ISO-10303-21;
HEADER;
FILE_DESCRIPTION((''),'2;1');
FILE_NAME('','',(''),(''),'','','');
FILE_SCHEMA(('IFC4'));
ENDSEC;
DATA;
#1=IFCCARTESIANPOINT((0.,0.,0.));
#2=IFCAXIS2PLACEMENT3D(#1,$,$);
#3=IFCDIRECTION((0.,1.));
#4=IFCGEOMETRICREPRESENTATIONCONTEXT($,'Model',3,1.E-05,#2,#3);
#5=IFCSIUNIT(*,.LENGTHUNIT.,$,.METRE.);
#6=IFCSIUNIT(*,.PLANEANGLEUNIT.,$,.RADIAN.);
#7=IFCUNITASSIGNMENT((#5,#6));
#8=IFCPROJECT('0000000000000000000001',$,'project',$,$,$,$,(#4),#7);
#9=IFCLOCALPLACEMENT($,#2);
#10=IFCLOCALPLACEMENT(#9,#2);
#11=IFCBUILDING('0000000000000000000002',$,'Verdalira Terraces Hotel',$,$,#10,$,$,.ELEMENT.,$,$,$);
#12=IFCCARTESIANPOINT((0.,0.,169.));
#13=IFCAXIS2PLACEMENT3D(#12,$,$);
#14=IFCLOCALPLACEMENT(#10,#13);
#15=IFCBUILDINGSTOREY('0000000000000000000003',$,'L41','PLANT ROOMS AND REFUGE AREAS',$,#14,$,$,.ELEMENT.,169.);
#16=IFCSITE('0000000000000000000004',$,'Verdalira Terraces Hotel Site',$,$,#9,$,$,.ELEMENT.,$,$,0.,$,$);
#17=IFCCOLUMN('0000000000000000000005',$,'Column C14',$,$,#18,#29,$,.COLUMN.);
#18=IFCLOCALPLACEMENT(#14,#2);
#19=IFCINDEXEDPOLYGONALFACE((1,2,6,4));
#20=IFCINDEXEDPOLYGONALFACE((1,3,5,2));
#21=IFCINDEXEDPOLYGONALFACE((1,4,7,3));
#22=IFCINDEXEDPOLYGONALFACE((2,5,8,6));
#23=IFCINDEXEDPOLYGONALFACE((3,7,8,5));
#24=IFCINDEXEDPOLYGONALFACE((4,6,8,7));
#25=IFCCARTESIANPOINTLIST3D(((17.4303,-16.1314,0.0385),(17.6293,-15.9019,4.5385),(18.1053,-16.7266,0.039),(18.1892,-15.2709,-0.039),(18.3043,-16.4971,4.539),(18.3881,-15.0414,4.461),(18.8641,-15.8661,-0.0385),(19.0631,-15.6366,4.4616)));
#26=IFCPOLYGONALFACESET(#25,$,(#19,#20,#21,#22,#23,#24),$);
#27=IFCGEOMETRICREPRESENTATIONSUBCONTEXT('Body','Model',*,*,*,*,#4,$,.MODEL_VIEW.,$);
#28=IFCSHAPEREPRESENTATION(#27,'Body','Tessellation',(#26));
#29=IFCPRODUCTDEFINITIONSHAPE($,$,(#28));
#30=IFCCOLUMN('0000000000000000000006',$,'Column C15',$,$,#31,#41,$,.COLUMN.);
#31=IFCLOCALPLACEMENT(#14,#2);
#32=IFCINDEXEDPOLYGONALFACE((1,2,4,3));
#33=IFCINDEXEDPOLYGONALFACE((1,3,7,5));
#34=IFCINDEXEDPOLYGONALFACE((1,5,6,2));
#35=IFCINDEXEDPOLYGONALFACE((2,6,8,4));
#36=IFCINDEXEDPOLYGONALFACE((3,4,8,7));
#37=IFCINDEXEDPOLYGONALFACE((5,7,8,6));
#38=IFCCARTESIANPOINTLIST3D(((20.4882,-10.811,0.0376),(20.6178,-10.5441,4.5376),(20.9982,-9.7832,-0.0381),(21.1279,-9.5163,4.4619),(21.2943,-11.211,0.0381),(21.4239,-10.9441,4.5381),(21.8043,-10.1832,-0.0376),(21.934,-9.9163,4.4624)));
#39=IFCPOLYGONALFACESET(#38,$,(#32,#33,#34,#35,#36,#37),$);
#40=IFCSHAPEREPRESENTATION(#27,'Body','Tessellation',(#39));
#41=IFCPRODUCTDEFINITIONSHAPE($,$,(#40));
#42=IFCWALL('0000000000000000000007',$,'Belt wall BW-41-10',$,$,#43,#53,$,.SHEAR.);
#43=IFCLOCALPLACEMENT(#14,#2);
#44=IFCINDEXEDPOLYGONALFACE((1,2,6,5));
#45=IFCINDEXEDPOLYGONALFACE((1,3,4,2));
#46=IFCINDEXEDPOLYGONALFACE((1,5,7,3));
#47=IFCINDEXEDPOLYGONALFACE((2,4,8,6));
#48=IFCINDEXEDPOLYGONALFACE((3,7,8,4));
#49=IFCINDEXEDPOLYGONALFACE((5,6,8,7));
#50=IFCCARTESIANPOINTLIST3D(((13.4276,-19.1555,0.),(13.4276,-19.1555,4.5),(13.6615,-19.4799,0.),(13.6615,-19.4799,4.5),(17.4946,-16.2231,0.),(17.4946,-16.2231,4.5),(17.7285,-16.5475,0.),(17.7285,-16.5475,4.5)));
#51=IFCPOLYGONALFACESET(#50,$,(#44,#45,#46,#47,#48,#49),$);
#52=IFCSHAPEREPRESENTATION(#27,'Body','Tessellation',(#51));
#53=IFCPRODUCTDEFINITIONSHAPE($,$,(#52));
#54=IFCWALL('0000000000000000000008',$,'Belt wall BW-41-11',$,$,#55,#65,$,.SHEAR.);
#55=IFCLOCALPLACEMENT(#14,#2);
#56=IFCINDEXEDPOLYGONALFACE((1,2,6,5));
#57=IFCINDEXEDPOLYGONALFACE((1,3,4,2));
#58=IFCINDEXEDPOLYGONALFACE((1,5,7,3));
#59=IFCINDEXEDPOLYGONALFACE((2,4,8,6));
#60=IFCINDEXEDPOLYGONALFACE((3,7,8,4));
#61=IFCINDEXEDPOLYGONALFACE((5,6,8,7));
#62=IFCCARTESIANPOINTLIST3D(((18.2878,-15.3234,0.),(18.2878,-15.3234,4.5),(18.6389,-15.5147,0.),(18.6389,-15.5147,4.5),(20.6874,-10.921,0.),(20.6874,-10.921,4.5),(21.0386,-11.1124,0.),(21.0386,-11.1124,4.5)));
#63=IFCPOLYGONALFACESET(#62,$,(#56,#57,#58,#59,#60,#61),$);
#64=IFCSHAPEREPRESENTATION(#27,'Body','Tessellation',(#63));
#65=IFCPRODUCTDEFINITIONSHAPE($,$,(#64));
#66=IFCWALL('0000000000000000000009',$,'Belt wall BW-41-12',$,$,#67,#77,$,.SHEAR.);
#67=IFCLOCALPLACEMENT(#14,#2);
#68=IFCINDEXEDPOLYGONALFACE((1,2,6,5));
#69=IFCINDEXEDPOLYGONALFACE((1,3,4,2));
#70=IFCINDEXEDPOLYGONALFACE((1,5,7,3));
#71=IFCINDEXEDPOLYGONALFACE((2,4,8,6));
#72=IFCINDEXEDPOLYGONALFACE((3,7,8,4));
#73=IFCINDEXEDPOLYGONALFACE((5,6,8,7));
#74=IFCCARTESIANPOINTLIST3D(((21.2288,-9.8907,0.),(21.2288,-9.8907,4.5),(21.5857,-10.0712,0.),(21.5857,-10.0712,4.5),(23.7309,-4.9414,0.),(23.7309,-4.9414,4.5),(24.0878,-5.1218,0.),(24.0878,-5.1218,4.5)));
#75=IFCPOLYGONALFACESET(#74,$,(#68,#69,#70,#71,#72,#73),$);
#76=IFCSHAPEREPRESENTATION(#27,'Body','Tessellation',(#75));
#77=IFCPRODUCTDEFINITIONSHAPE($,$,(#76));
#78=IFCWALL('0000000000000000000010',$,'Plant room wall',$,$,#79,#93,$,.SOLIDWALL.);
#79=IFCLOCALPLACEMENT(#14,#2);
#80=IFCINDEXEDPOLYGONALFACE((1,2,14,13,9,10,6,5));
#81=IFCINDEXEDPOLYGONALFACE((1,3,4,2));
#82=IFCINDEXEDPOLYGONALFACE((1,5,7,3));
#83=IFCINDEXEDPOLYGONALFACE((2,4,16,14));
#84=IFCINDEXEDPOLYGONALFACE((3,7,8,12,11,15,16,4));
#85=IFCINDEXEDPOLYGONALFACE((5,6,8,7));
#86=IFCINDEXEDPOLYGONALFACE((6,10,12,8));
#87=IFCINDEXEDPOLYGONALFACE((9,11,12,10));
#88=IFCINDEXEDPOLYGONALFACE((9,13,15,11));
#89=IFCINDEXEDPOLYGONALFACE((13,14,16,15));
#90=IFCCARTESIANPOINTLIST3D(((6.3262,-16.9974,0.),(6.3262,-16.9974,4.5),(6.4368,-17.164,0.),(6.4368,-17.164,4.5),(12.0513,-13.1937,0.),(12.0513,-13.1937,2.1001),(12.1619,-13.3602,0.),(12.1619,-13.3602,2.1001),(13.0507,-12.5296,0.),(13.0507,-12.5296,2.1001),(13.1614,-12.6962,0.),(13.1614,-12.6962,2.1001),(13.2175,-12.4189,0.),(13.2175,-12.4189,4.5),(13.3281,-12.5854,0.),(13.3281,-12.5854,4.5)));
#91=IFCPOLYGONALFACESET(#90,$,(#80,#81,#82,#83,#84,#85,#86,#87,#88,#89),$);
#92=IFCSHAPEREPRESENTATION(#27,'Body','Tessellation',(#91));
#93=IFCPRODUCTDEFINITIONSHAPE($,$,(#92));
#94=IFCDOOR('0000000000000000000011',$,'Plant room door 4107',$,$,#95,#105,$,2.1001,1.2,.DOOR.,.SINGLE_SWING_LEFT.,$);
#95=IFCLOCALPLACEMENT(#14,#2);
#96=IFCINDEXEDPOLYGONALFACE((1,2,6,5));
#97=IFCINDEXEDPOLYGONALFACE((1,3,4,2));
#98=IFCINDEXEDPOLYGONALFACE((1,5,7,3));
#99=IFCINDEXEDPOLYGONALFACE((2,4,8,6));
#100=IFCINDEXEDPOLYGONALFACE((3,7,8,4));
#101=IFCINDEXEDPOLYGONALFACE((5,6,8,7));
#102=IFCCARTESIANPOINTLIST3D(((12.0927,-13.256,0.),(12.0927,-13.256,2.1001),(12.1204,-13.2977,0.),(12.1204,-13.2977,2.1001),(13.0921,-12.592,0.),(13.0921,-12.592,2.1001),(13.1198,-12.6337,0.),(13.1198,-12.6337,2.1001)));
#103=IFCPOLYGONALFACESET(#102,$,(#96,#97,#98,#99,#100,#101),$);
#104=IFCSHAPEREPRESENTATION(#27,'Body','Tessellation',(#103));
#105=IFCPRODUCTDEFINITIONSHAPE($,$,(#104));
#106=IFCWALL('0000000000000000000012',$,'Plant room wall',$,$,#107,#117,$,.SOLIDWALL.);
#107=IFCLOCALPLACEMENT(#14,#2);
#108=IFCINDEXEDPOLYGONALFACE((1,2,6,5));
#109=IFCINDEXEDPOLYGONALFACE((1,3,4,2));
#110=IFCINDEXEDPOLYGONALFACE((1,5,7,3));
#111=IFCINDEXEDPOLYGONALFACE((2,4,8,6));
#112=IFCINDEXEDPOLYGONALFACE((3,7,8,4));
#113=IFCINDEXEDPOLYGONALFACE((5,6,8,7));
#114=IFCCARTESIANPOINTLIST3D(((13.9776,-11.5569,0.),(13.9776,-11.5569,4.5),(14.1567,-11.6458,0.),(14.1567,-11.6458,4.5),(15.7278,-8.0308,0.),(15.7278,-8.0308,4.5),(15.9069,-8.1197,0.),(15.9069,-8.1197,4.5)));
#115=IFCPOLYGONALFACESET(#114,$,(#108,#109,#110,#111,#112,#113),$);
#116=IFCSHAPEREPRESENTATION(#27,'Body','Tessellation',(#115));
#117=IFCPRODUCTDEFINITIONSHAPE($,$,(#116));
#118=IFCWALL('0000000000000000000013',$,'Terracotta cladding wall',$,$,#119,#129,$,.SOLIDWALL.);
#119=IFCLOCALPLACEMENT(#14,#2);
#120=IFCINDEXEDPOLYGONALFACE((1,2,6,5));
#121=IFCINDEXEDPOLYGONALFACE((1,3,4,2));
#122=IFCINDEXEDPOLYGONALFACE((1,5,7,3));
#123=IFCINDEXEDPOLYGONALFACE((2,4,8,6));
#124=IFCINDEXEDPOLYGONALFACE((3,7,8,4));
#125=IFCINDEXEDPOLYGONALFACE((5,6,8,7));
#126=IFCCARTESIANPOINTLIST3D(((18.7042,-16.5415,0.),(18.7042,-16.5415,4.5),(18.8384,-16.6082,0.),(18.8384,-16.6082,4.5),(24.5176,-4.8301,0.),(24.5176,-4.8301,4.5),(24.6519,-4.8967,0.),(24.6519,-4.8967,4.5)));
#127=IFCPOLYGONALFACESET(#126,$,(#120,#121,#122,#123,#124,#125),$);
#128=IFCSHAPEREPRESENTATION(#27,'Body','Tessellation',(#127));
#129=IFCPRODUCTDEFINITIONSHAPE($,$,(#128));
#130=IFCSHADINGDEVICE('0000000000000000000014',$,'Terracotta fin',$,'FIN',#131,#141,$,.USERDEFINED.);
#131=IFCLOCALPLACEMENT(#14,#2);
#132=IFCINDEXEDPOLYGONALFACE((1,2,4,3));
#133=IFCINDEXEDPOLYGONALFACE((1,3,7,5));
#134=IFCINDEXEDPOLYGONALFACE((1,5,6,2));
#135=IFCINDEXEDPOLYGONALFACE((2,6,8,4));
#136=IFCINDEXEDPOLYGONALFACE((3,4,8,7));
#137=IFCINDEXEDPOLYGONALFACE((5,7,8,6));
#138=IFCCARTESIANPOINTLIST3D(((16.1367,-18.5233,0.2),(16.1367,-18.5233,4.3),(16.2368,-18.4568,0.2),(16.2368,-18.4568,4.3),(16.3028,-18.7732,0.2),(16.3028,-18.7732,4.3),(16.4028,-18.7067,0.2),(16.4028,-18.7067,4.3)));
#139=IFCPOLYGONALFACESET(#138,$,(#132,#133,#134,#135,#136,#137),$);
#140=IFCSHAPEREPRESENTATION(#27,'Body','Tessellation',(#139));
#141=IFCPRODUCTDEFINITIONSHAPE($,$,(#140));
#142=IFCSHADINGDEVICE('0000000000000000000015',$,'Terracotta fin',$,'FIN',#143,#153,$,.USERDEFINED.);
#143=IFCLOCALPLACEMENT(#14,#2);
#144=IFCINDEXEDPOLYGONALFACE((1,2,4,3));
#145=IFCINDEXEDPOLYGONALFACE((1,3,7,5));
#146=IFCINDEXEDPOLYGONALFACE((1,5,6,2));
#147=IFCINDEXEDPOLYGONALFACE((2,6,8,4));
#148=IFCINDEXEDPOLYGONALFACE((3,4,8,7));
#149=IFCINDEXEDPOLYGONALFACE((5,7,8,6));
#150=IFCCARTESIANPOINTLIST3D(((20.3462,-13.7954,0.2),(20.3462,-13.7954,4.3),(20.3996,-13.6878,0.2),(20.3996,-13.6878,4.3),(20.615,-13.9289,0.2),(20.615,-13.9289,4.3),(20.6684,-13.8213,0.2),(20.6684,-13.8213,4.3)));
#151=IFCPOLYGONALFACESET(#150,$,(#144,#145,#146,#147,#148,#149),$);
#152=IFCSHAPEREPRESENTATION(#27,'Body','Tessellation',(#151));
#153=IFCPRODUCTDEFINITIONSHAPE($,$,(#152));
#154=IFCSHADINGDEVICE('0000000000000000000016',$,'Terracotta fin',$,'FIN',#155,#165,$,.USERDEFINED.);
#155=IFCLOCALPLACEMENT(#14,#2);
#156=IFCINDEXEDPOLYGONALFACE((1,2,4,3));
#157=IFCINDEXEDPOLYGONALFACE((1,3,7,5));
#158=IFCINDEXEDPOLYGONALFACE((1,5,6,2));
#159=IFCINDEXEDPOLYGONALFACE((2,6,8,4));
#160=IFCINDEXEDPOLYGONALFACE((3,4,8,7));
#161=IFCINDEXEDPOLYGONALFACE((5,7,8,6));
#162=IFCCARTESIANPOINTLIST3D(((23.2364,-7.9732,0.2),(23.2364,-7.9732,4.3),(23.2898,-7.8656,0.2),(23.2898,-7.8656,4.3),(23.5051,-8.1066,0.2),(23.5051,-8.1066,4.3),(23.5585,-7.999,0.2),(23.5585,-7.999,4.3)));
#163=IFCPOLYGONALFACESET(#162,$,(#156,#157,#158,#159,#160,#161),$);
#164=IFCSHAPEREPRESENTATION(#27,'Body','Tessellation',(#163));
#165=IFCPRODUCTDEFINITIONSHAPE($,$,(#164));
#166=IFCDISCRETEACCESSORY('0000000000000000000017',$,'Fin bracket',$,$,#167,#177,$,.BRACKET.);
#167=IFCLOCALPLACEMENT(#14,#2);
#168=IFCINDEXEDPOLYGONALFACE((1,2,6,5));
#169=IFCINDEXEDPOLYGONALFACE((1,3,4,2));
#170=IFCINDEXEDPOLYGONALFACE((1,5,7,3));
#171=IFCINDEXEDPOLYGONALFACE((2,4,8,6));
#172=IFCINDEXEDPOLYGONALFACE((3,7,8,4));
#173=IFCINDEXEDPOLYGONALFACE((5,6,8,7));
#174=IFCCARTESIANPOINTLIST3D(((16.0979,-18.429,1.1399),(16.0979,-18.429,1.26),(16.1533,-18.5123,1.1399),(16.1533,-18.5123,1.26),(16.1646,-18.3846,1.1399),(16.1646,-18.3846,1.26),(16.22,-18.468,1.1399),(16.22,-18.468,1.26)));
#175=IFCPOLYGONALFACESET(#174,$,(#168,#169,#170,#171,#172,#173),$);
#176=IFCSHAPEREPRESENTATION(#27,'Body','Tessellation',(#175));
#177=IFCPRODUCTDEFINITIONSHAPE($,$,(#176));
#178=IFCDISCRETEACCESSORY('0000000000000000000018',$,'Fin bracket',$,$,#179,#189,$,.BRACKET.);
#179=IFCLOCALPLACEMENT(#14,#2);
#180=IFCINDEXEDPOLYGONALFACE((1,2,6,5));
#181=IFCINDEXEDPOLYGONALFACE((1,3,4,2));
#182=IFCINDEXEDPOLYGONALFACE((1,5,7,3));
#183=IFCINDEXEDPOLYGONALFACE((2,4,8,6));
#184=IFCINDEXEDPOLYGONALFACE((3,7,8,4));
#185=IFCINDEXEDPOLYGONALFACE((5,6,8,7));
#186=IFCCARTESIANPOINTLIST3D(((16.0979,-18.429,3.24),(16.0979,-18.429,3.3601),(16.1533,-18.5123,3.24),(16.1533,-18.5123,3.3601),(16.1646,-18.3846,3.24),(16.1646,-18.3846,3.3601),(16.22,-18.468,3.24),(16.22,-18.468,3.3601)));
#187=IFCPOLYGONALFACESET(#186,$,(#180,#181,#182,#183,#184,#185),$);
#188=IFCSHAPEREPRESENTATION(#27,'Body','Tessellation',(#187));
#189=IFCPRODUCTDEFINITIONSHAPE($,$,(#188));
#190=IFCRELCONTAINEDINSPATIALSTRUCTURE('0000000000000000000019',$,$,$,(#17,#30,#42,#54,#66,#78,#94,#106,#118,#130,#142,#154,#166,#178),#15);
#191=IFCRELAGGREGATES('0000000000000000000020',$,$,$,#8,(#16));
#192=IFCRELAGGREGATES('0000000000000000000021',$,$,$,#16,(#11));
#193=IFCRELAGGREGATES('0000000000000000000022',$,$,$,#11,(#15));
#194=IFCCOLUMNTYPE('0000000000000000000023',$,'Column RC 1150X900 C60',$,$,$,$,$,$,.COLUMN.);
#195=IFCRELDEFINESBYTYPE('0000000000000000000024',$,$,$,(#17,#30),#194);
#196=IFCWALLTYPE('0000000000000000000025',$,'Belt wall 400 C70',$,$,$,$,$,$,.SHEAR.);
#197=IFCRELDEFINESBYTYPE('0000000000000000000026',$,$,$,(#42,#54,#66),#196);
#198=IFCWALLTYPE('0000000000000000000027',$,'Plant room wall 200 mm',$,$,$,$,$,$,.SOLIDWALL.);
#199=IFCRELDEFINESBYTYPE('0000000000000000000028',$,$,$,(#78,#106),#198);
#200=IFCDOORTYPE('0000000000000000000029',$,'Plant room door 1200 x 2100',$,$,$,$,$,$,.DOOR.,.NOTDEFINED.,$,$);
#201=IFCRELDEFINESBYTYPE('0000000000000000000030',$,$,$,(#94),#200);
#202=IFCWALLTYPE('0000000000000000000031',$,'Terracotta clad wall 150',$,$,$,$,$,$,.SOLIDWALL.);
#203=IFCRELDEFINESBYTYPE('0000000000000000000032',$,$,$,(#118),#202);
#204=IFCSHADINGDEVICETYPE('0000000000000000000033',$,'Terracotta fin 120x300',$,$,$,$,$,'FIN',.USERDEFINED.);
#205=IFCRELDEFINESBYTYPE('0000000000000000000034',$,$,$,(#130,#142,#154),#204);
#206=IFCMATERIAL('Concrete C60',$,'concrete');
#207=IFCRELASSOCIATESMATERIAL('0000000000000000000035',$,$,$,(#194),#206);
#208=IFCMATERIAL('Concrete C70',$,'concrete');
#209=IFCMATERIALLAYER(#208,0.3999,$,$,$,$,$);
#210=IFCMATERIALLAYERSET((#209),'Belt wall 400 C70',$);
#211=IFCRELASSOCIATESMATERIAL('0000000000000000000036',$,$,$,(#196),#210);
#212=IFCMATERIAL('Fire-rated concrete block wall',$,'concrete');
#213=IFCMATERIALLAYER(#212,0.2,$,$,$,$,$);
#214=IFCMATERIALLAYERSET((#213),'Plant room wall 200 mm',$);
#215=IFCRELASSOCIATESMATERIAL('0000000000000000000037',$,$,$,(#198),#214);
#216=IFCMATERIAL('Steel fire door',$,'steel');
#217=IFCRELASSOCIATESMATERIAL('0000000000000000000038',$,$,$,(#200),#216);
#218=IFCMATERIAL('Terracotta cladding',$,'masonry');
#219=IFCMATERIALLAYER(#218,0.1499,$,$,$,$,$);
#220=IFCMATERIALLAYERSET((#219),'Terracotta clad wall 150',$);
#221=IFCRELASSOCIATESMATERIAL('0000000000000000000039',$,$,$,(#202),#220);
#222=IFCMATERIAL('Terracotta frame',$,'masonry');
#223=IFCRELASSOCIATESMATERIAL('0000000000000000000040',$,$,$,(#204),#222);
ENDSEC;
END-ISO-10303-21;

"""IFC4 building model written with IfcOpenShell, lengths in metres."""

from ifc_helpers import new_model, si_unit, direction, frame, frame_2d, origin, origin_2d, place, context, subcontext, project, spatial, rectangle, extrude, material, layer, layer_set, material_profile, profile_set, type_object, element, fill, save


model = new_model("IFC4")

# Units and contexts
model_context = context("Model", 3, precision=1e-05, world=origin(), true_north=direction((0.0, 1.0)))
body_context = subcontext(model_context, "Body", "Model", "MODEL_VIEW")
ifc_project = project(units=[si_unit("LENGTHUNIT", "METRE"), si_unit("PLANEANGLEUNIT", "RADIAN")], contexts=[model_context])

# Site, building, storey
site_placement = place(None, origin())
site = spatial("IfcSite", under=ifc_project, at=site_placement, Name="Verdalira Terraces Hotel Site", CompositionType="ELEMENT", RefElevation=0.0)
building_placement = place(site_placement, origin())
building = spatial("IfcBuilding", under=site, at=building_placement, Name="Verdalira Terraces Hotel", CompositionType="ELEMENT")
storey_placement = place(building_placement, frame((0.0, 0.0, 169.0)))
storey = spatial("IfcBuildingStorey", under=building, at=storey_placement, Name="L41", Description="PLANT ROOMS AND REFUGE AREAS", CompositionType="ELEMENT", Elevation=169.0)

# Columns
ifc_material_1 = material(Name="Concrete C60", Category="concrete")
ifc_material_profile_1 = material_profile(ifc_material_1, rectangle(XDim=1.1499, YDim=0.8999, at=origin_2d()), Name="RC 1150X900")
ifc_profile_set_1 = profile_set([ifc_material_profile_1], Name="Concrete C60")
column_type = type_object("IfcColumnType", Name="Column RC 1150X900 C60", PredefinedType="COLUMN", material=ifc_profile_set_1)
column_1_placement = place(storey_placement, frame((18.1472, -15.9988, 0.0), z_axis=(0.044116, 0.050882, 0.99773), x_axis=(-0.659917, -0.748314, 0.067342)))
element("IfcColumn", 1, at=column_1_placement, inside=storey, type_object=column_type, Name="Column C14", PredefinedType="COLUMN", context=body_context, shape_type="SweptSolid", body=[
    extrude(rectangle(XDim=1.1499, YDim=0.8999, at=origin_2d()), origin(), (0.0, 0.0, 1.0), 4.5103),
])
column_2_placement = place(storey_placement, frame((21.1462, -10.4971, 0.0), z_axis=(0.028746, 0.059171, 0.997834), x_axis=(0.443569, 0.893823, -0.065781)))
element("IfcColumn", 2, at=column_2_placement, inside=storey, type_object=column_type, Name="Column C15", PredefinedType="COLUMN", context=body_context, shape_type="SweptSolid", body=[
    extrude(rectangle(XDim=1.1499, YDim=0.8999, at=origin_2d()), origin(), (0.0, 0.0, 1.0), 4.5098),
])

# Walls
ifc_material_2 = material(Name="Concrete C70", Category="concrete")
ifc_layer_1 = layer(ifc_material_2, 0.3999)
ifc_layer_set_1 = layer_set([ifc_layer_1], Name="Belt wall 400 C70")
wall_type_1 = type_object("IfcWallType", Name="Belt wall 400 C70", PredefinedType="SHEAR", material=ifc_layer_set_1)
for number, where, z_axis, x_axis, name in (
    (3, (13.5447, -19.3176, 0.0), (0.0, 0.0, 1.0), (0.811136, 0.584857, 0.0), "Belt wall BW-41-10"),
    (4, (18.4634, -15.4189, 0.0), (0.0, 0.0, 1.0), (0.478603, 0.878031, 0.0), "Belt wall BW-41-11"),
):
    element("IfcWall", number, at=place(storey_placement, frame(where, z_axis=z_axis, x_axis=x_axis)), inside=storey, type_object=wall_type_1, Name=name, PredefinedType="SHEAR", context=body_context, shape_type="SweptSolid", body=[
        extrude(rectangle(XDim=5.0139, YDim=0.3999, at=frame_2d((2.5068, 0.0))), origin(), (0.0, 0.0, 1.0), 4.5),
    ])
wall_1_placement = place(storey_placement, frame((21.4072, -9.981, 0.0), z_axis=(0.0, 0.0, 1.0), x_axis=(0.451171, 0.892437, 0.0)))
element("IfcWall", 5, at=wall_1_placement, inside=storey, type_object=wall_type_1, Name="Belt wall BW-41-12", PredefinedType="SHEAR", context=body_context, shape_type="SweptSolid", body=[
    extrude(rectangle(XDim=5.5459, YDim=0.3999, at=frame_2d((2.7729, 0.0))), origin(), (0.0, 0.0, 1.0), 4.5),
])

# Wall, opening, door
ifc_material_3 = material(Name="Fire-rated concrete block wall", Category="concrete")
ifc_layer_2 = layer(ifc_material_3, 0.2)
ifc_layer_set_2 = layer_set([ifc_layer_2], Name="Plant room wall 200 mm")
wall_type_2 = type_object("IfcWallType", Name="Plant room wall 200 mm", PredefinedType="SOLIDWALL", material=ifc_layer_set_2)
wall_2_placement = place(storey_placement, frame((13.2727, -12.5022, 0.0), z_axis=(0.0, 0.0, 1.0), x_axis=(-0.832921, -0.553392, 0.0)))
wall_2 = element("IfcWall", 6, at=wall_2_placement, inside=storey, type_object=wall_type_2, Name="Plant room wall", PredefinedType="SOLIDWALL", context=body_context, shape_type="SweptSolid", body=[
    extrude(rectangle(XDim=8.2737, YDim=0.2, at=frame_2d((4.1367, 0.0))), origin(), (0.0, 0.0, 1.0), 4.5),
])
opening_placement = place(wall_2_placement, frame((0.2, 0.0, 0.0)))
opening = element("IfcOpeningElement", 7, at=opening_placement, cuts=wall_2, PredefinedType="OPENING", context=body_context, shape_type="SweptSolid", body=[
    extrude(rectangle(XDim=1.2, YDim=2.1001, at=frame_2d((0.6001, 1.05))), frame((0.0, 0.1099, 0.0), z_axis=(0.0, -1.0, 0.0), x_axis=(1.0, 0.0, 0.0)), (0.0, 0.0, 1.0), 0.22),
])
ifc_material_4 = material(Name="Steel fire door", Category="steel")
door_type = type_object("IfcDoorType", Name="Plant room door 1200 x 2100", OperationType="NOTDEFINED", PredefinedType="DOOR", material=ifc_material_4)
door_placement = place(opening_placement, origin())
door = element("IfcDoor", 8, at=door_placement, inside=storey, type_object=door_type, Name="Plant room door 4107", OperationType="SINGLE_SWING_LEFT", OverallHeight=2.1001, OverallWidth=1.2, PredefinedType="DOOR", context=body_context, shape_type="SweptSolid", body=[
    extrude(rectangle(XDim=1.2, YDim=2.1001, at=frame_2d((0.6001, 1.05))), frame((0.0, 0.0249, 0.0), z_axis=(0.0, -1.0, 0.0), x_axis=(1.0, 0.0, 0.0)), (0.0, 0.0, 1.0), 0.05),
])
fill(opening, door)

# Walls
wall_3_placement = place(storey_placement, frame((14.0671, -11.6013, 0.0), z_axis=(0.0, 0.0, 1.0), x_axis=(0.444607, 0.895726, 0.0)))
element("IfcWall", 9, at=wall_3_placement, inside=storey, type_object=wall_type_2, Name="Plant room wall", PredefinedType="SOLIDWALL", context=body_context, shape_type="SweptSolid", body=[
    extrude(rectangle(XDim=3.9365, YDim=0.2, at=frame_2d((1.9683, 0.0))), origin(), (0.0, 0.0, 1.0), 4.5),
])
ifc_material_5 = material(Name="Terracotta cladding", Category="masonry")
ifc_layer_3 = layer(ifc_material_5, 0.1499)
ifc_layer_set_3 = layer_set([ifc_layer_3], Name="Terracotta clad wall 150")
wall_type_3 = type_object("IfcWallType", Name="Terracotta clad wall 150", PredefinedType="SOLIDWALL", material=ifc_layer_set_3)
wall_4_placement = place(storey_placement, frame((18.7712, -16.575, 0.0), z_axis=(0.0, 0.0, 1.0), x_axis=(0.444627, 0.895716, 0.0)))
element("IfcWall", 10, at=wall_4_placement, inside=storey, type_object=wall_type_3, Name="Terracotta cladding wall", PredefinedType="SOLIDWALL", context=body_context, shape_type="SweptSolid", body=[
    extrude(rectangle(XDim=13.075, YDim=0.1499, at=frame_2d((6.5376, 0.0))), origin(), (0.0, 0.0, 1.0), 4.5),
])

# Shading devices
ifc_material_6 = material(Name="Terracotta frame", Category="masonry")
ifc_material_profile_2 = material_profile(ifc_material_6, rectangle(XDim=0.1201, YDim=0.3, at=origin_2d()), Name="FIN 120x300")
ifc_profile_set_2 = profile_set([ifc_material_profile_2], Name="Terracotta frame")
shading_device_type = type_object("IfcShadingDeviceType", Name="Terracotta fin 120x300", ElementType="FIN", PredefinedType="USERDEFINED", material=ifc_profile_set_2)
for number, where, z_axis, x_axis, name in (
    (11, (16.2698, -18.615, 0.2), (0.0, 0.0, 1.0), (0.832921, 0.553392, 0.0), "Terracotta fin"),
    (12, (20.5073, -13.8084, 0.2), (0.0, 0.0, 1.0), (0.444635, 0.895712, 0.0), "Terracotta fin"),
    (13, (23.3975, -7.9861, 0.2), (0.0, 0.0, 1.0), (0.444635, 0.895712, 0.0), "Terracotta fin"),
):
    element("IfcShadingDevice", number, at=place(storey_placement, frame(where, z_axis=z_axis, x_axis=x_axis)), inside=storey, type_object=shading_device_type, Name=name, ObjectType="FIN", PredefinedType="USERDEFINED", context=body_context, shape_type="SweptSolid", body=[
        extrude(rectangle(XDim=0.1201, YDim=0.3, at=origin_2d()), origin(), (0.0, 0.0, 1.0), 4.1001),
    ])

# Discrete accessories
for number, where, z_axis, x_axis, name in (
    (14, (16.1589, -18.4485, 1.1399), (0.0, 0.0, 1.0), (0.832921, 0.553392, 0.0), "Fin bracket"),
    (15, (16.1589, -18.4485, 3.24), (0.0, 0.0, 1.0), (0.832921, 0.553392, 0.0), "Fin bracket"),
):
    element("IfcDiscreteAccessory", number, at=place(storey_placement, frame(where, z_axis=z_axis, x_axis=x_axis)), inside=storey, Name=name, PredefinedType="BRACKET", context=body_context, shape_type="SweptSolid", body=[
        extrude(rectangle(XDim=0.0801, YDim=0.1001, at=origin_2d()), origin(), (0.0, 0.0, 1.0), 0.1201),
    ])

save(model, "model.ifc")
